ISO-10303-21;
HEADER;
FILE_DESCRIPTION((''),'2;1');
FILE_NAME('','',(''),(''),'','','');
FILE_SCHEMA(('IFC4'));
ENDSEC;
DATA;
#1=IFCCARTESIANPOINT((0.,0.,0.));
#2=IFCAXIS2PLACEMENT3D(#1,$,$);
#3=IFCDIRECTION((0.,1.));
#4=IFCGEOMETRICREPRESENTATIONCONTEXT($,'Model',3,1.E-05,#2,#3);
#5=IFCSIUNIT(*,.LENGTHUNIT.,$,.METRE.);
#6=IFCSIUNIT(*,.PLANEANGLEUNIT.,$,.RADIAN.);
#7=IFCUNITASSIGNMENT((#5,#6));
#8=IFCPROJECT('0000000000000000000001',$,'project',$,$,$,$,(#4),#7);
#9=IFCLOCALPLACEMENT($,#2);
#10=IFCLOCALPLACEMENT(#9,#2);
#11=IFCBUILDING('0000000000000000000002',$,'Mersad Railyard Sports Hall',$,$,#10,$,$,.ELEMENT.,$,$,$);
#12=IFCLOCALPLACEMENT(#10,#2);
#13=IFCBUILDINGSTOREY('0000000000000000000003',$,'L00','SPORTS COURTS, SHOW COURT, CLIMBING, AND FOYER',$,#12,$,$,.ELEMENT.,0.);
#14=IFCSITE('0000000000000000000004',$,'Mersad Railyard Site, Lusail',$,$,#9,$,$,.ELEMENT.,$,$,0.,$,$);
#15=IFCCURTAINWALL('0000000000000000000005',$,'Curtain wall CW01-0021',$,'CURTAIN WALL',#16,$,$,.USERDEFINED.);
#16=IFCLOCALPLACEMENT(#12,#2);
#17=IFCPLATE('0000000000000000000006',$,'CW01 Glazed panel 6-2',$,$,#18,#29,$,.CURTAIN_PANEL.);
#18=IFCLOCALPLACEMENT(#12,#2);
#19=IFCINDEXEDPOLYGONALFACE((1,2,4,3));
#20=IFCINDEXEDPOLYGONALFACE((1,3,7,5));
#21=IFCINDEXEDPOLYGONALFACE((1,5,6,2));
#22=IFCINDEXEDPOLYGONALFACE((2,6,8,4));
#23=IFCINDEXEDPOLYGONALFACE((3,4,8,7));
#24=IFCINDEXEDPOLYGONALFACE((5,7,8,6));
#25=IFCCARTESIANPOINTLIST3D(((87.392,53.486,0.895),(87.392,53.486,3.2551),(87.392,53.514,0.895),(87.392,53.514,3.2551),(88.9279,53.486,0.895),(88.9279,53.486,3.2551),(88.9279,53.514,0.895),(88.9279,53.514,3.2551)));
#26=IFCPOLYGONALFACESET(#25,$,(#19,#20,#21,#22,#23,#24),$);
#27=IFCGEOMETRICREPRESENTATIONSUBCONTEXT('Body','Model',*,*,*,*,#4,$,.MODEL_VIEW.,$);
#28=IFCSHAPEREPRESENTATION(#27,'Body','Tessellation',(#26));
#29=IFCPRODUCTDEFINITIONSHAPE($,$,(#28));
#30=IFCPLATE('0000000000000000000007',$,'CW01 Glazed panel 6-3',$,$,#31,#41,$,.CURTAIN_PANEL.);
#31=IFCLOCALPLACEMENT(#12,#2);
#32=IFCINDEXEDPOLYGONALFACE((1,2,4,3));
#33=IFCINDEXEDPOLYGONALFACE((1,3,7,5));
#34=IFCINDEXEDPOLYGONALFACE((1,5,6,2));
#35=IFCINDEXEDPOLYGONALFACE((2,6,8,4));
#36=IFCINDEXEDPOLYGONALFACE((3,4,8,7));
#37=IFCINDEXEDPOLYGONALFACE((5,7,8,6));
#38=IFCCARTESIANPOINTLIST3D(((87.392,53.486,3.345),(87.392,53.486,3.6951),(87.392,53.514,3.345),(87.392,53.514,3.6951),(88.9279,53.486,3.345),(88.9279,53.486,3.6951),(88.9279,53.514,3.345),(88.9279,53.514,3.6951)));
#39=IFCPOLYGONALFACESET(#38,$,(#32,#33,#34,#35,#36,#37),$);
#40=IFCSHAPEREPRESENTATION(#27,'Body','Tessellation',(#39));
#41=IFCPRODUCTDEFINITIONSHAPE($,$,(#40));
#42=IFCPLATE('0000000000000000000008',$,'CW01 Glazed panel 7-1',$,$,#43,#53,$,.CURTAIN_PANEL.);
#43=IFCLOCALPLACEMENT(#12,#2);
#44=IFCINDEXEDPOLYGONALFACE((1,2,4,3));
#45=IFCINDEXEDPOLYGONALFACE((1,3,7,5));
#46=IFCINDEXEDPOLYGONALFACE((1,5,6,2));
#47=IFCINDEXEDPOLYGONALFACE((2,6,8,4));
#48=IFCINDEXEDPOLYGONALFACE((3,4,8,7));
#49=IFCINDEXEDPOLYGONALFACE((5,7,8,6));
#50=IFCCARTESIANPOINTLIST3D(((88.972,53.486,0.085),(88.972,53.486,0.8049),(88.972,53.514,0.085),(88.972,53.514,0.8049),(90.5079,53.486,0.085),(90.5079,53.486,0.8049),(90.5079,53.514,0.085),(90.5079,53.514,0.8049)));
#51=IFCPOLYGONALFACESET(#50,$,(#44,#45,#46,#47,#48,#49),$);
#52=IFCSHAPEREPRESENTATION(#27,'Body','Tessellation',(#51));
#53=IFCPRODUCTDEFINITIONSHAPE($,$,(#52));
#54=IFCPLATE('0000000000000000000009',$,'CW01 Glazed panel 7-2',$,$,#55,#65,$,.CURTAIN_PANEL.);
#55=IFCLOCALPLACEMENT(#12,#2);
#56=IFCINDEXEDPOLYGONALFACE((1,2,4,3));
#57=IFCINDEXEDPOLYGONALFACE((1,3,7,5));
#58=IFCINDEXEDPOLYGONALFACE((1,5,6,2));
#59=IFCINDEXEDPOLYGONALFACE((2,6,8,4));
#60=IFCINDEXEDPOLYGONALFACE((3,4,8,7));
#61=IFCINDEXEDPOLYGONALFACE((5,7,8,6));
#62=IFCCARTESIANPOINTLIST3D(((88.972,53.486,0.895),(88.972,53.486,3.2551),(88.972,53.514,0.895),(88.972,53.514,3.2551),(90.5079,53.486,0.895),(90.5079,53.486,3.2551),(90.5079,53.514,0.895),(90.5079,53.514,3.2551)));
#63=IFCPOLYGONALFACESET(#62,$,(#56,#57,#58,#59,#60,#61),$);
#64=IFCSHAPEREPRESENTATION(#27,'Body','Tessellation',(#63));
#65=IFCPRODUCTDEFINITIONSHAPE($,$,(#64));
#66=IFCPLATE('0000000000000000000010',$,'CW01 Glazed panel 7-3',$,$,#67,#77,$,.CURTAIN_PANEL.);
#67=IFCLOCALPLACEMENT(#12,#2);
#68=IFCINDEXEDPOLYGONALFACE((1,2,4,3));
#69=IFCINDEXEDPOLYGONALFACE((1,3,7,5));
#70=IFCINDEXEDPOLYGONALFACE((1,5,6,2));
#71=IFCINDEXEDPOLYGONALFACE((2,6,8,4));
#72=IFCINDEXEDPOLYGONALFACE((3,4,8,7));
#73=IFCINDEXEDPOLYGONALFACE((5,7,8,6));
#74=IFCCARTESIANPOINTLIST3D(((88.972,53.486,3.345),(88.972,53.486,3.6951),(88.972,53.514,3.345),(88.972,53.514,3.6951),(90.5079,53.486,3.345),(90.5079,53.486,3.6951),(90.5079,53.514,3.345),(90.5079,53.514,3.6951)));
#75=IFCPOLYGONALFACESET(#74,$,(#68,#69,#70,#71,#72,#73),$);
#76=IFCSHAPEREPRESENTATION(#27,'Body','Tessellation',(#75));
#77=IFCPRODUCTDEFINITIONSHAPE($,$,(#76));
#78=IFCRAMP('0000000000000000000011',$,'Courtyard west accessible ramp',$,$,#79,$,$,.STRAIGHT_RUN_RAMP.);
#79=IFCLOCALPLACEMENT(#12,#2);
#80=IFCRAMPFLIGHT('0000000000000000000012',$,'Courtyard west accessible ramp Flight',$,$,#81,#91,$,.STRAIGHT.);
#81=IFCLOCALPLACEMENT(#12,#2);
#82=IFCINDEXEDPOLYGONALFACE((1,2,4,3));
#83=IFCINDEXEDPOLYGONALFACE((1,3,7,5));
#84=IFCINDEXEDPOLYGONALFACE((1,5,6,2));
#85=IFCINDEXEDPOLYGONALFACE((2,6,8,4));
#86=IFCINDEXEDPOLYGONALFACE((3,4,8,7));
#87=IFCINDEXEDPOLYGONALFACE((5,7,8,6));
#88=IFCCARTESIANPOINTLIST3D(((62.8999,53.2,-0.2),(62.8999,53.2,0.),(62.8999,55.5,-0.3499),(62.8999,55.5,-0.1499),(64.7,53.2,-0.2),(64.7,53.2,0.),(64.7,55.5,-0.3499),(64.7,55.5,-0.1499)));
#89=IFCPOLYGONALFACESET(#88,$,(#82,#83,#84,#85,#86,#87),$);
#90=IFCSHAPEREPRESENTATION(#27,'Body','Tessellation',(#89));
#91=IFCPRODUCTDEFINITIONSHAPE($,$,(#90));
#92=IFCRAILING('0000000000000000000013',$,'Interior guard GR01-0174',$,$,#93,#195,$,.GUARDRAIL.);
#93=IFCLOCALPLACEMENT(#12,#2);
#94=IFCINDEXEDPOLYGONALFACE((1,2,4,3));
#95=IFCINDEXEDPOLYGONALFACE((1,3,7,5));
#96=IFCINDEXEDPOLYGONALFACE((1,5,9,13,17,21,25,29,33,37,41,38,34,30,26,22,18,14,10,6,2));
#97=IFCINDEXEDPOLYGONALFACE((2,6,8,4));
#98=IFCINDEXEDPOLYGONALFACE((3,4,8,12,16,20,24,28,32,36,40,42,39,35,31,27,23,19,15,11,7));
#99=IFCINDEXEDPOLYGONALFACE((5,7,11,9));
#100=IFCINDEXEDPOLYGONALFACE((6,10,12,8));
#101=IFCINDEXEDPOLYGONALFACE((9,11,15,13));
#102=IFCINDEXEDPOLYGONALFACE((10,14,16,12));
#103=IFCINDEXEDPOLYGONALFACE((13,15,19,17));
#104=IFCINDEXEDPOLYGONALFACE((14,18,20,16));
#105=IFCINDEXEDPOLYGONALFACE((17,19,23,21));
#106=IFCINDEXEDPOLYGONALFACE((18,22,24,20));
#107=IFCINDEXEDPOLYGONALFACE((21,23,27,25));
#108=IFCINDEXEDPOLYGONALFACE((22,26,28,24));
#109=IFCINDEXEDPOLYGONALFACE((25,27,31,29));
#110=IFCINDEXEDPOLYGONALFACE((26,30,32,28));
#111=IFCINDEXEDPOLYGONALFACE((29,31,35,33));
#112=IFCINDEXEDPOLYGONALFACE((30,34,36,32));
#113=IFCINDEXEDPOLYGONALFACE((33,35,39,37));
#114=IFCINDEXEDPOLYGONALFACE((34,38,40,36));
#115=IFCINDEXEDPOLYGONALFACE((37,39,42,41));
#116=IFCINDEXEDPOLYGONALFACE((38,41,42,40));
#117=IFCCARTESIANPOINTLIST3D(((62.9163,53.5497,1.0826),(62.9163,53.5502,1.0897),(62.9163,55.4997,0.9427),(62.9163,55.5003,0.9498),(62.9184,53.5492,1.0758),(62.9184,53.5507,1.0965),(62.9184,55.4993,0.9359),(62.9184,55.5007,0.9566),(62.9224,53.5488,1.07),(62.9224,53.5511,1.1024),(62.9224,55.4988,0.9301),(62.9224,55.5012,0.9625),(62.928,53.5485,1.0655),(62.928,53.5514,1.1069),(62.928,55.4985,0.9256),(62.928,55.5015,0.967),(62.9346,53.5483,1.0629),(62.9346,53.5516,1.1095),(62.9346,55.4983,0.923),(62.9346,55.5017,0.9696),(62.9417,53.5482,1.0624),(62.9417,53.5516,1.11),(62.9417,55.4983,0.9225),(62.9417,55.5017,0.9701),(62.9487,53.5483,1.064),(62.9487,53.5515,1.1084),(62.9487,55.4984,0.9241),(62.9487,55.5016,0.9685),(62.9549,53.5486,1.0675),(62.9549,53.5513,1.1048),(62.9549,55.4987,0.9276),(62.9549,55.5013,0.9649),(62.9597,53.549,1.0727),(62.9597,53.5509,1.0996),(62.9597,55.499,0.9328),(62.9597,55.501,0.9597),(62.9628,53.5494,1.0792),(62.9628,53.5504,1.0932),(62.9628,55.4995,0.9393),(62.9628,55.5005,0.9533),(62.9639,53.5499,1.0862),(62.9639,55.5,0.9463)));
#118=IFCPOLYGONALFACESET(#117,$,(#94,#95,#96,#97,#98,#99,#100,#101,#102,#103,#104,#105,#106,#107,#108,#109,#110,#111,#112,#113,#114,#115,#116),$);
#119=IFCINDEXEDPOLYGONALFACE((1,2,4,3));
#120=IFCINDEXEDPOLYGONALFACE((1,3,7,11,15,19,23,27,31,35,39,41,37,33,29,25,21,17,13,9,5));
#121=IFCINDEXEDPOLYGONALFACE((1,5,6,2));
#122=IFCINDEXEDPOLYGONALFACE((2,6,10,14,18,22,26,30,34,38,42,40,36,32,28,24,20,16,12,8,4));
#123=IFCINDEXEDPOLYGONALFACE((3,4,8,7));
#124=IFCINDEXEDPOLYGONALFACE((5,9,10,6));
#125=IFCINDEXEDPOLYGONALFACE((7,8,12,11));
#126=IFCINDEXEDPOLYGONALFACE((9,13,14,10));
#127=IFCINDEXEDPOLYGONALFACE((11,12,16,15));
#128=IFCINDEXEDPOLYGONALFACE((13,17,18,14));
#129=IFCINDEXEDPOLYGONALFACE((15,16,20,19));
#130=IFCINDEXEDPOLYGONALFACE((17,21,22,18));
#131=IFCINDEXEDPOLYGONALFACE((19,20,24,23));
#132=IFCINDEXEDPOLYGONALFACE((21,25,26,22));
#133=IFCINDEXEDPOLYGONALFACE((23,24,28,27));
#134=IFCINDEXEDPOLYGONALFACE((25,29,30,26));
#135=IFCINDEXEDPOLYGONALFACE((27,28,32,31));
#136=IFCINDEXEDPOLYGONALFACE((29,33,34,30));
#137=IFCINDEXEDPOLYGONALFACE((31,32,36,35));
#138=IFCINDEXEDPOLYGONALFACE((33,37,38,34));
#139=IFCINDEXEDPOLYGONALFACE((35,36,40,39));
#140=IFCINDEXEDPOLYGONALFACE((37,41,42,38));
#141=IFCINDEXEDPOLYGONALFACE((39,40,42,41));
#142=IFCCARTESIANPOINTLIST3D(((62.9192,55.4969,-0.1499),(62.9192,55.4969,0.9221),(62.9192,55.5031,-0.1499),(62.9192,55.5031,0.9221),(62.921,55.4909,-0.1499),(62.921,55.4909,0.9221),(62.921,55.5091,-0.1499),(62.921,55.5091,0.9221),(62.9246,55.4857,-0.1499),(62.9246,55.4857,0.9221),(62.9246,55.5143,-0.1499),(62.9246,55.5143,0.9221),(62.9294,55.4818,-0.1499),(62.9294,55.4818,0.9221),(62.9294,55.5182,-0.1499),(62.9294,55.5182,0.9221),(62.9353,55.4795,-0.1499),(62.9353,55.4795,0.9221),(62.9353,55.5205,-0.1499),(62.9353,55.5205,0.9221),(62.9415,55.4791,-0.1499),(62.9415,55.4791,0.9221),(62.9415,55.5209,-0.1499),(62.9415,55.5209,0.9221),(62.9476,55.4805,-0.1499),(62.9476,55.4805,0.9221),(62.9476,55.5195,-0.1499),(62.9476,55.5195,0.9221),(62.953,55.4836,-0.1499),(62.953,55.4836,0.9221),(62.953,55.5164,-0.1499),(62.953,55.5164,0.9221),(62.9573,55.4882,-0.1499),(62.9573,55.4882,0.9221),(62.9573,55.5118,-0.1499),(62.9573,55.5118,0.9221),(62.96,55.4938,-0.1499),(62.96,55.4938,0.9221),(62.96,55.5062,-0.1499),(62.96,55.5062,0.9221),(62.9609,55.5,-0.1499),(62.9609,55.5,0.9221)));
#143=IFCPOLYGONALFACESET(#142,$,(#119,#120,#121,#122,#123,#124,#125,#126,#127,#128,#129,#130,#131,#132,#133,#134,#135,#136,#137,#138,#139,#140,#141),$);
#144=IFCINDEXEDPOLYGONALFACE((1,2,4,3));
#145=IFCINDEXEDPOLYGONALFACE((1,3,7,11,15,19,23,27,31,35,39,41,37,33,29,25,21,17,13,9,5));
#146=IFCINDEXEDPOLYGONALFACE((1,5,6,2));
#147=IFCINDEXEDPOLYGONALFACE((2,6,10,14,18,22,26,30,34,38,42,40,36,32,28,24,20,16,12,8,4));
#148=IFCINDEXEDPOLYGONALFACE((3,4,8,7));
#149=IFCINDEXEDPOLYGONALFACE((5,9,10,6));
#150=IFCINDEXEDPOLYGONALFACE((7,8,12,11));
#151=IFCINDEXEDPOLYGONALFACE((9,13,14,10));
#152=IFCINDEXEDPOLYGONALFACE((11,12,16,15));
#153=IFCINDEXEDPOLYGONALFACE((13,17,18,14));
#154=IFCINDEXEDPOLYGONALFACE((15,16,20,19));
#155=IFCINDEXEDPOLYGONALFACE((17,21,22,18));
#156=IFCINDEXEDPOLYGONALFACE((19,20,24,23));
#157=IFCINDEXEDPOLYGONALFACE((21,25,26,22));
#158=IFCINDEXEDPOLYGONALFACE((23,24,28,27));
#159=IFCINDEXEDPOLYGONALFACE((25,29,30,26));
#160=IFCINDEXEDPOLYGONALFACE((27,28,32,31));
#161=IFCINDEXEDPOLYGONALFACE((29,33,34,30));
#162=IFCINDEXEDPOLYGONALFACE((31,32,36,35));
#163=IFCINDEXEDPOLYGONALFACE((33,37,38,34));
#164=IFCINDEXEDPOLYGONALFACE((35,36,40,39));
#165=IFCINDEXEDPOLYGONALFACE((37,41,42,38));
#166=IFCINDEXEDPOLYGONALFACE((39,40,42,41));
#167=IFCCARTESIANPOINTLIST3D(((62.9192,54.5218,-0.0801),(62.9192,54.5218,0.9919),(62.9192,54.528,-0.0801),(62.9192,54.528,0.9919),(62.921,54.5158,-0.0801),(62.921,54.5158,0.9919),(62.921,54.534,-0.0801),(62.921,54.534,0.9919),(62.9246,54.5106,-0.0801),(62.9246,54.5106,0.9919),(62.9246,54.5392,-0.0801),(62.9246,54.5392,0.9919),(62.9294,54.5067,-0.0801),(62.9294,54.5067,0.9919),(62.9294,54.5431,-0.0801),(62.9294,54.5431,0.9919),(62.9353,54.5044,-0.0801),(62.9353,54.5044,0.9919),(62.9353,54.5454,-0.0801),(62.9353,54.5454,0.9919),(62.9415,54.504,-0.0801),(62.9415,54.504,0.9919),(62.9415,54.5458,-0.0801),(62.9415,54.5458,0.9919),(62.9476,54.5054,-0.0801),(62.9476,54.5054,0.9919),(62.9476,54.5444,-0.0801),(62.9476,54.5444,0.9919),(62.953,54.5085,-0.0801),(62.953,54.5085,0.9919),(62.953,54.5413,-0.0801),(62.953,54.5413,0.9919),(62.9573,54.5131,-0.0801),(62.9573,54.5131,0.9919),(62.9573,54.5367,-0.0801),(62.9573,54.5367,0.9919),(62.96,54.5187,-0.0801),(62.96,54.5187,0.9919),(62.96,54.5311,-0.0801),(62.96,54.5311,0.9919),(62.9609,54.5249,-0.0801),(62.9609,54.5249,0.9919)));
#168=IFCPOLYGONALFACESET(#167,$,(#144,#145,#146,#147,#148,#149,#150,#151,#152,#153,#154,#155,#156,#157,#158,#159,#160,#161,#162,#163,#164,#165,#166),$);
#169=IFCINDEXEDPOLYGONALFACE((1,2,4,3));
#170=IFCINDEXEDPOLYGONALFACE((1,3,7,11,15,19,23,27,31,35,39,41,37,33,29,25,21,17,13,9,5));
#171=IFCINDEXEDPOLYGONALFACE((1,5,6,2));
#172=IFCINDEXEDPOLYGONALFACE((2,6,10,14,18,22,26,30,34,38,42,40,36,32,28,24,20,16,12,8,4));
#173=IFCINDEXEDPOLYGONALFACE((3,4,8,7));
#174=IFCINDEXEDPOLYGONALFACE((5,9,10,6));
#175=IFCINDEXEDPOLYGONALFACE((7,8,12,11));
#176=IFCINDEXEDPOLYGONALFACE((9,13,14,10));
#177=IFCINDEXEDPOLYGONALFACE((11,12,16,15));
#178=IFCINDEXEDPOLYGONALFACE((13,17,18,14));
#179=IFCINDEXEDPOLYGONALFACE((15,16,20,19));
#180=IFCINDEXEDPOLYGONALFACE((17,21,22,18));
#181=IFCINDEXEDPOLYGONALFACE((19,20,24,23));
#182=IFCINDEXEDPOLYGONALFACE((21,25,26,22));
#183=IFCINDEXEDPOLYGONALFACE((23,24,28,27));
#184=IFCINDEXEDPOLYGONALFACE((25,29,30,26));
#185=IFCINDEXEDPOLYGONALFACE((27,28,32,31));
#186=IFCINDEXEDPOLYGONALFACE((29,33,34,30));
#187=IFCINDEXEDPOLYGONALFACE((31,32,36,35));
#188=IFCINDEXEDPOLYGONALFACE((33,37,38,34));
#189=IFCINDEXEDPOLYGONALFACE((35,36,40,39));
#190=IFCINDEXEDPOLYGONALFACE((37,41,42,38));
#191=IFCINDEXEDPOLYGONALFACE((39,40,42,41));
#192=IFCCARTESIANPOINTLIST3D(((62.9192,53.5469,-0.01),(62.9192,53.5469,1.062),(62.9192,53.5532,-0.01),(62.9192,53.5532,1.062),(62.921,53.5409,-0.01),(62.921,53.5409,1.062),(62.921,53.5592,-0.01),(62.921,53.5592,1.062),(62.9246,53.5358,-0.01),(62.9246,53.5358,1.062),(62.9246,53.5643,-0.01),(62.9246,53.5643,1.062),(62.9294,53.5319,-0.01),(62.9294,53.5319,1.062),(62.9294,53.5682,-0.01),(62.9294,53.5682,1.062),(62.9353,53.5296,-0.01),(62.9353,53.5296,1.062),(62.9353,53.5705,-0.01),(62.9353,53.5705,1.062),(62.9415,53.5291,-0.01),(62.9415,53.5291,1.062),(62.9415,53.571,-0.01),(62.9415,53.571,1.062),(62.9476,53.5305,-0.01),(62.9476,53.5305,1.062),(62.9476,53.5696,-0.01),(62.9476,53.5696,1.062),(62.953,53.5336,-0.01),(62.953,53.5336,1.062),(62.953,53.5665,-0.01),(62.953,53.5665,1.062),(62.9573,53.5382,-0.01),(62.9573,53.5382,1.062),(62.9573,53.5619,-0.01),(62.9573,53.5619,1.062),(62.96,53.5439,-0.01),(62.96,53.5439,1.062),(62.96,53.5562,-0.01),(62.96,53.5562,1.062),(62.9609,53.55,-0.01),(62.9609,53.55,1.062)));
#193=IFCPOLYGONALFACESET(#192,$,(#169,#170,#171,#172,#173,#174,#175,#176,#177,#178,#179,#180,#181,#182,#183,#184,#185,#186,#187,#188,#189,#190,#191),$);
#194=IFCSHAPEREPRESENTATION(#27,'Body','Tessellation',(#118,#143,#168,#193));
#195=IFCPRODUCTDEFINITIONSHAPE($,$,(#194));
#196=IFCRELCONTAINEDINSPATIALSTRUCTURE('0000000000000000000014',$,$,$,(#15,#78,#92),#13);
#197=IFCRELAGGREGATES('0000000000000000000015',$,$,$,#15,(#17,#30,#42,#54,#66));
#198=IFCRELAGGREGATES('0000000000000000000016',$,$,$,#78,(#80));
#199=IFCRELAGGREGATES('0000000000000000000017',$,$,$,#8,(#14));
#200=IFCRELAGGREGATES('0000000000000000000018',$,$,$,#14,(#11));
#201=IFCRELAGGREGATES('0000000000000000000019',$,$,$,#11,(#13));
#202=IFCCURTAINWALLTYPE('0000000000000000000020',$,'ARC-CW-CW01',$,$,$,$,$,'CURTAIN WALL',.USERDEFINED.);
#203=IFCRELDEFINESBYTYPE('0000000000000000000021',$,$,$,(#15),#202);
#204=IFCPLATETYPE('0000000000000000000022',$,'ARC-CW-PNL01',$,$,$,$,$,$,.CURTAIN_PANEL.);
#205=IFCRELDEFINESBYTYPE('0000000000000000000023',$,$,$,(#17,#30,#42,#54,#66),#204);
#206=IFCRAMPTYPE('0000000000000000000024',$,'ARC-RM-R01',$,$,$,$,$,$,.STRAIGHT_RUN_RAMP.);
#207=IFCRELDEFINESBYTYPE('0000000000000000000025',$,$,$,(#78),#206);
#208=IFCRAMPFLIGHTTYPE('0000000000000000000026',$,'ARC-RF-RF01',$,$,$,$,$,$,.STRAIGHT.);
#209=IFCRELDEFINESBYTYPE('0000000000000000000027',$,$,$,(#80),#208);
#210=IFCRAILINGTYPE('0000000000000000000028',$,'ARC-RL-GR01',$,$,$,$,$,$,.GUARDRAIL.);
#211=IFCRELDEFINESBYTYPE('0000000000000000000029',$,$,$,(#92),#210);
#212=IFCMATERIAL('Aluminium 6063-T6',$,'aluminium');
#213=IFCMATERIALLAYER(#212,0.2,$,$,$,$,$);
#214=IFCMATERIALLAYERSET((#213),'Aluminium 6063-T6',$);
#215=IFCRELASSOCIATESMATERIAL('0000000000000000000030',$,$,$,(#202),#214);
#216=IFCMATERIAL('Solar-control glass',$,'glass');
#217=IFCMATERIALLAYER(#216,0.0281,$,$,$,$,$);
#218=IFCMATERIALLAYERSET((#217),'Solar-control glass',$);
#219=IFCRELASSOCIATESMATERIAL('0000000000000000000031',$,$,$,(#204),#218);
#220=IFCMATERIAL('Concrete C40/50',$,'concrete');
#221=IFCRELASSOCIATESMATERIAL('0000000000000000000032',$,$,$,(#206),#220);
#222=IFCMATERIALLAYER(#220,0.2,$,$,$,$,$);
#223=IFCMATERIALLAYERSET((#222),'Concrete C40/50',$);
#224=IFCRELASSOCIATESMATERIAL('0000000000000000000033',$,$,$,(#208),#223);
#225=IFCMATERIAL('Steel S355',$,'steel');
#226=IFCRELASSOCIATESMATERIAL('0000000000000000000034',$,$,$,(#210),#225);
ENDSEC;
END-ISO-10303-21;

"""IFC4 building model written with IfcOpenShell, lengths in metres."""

from ifc_helpers import new_model, si_unit, direction, frame, origin, origin_2d, place, context, subcontext, project, spatial, polyline, rectangle, circle, outline, extrude, material, layer, layer_set, type_object, element, aggregate, save


model = new_model("IFC4")

# Units and contexts
model_context = context("Model", 3, precision=1e-05, world=origin(), true_north=direction((0.0, 1.0)))
body_context = subcontext(model_context, "Body", "Model", "MODEL_VIEW")
ifc_project = project(units=[si_unit("LENGTHUNIT", "METRE"), si_unit("PLANEANGLEUNIT", "RADIAN")], contexts=[model_context])

# Site, building, storey
site_placement = place(None, origin())
site = spatial("IfcSite", under=ifc_project, at=site_placement, Name="Mersad Railyard Site, Lusail", CompositionType="ELEMENT", RefElevation=0.0)
building_placement = place(site_placement, origin())
building = spatial("IfcBuilding", under=site, at=building_placement, Name="Mersad Railyard Sports Hall", CompositionType="ELEMENT")
storey_placement = place(building_placement, origin())
storey = spatial("IfcBuildingStorey", under=building, at=storey_placement, Name="L00", Description="SPORTS COURTS, SHOW COURT, CLIMBING, AND FOYER", CompositionType="ELEMENT", Elevation=0.0)

# Curtain wall, plates
ifc_material_1 = material(Name="Aluminium 6063-T6", Category="aluminium")
ifc_layer_1 = layer(ifc_material_1, 0.2)
ifc_layer_set_1 = layer_set([ifc_layer_1], Name="Aluminium 6063-T6")
curtain_wall_type = type_object("IfcCurtainWallType", Name="ARC-CW-CW01", ElementType="CURTAIN WALL", PredefinedType="USERDEFINED", material=ifc_layer_set_1)
curtain_wall_placement = place(storey_placement, origin())
curtain_wall = element("IfcCurtainWall", 1, at=curtain_wall_placement, inside=storey, type_object=curtain_wall_type, Name="Curtain wall CW01-0021", ObjectType="CURTAIN WALL", PredefinedType="USERDEFINED")
ifc_material_2 = material(Name="Solar-control glass", Category="glass")
ifc_layer_2 = layer(ifc_material_2, 0.0281)
ifc_layer_set_2 = layer_set([ifc_layer_2], Name="Solar-control glass")
plate_type = type_object("IfcPlateType", Name="ARC-CW-PNL01", PredefinedType="CURTAIN_PANEL", material=ifc_layer_set_2)
plate_1_placement = place(storey_placement, frame((88.1599, 53.5, 0.895), z_axis=(0.0, 0.0, 1.0), x_axis=(1.0, 0.0, 0.0)))
plate_1 = element("IfcPlate", 2, at=plate_1_placement, type_object=plate_type, Name="CW01 Glazed panel 6-2", PredefinedType="CURTAIN_PANEL", context=body_context, shape_type="SweptSolid", body=[
    extrude(rectangle(XDim=1.5359, YDim=0.0281, at=origin_2d()), origin(), (0.0, 0.0, 1.0), 2.3601),
])
plate_2_placement = place(storey_placement, frame((88.1599, 53.5, 3.345), z_axis=(0.0, 0.0, 1.0), x_axis=(1.0, 0.0, 0.0)))
plate_2 = element("IfcPlate", 3, at=plate_2_placement, type_object=plate_type, Name="CW01 Glazed panel 6-3", PredefinedType="CURTAIN_PANEL", context=body_context, shape_type="SweptSolid", body=[
    extrude(rectangle(XDim=1.5359, YDim=0.0281, at=origin_2d()), origin(), (0.0, 0.0, 1.0), 0.3501),
])
plate_3_placement = place(storey_placement, frame((89.74, 53.5, 0.085), z_axis=(0.0, 0.0, 1.0), x_axis=(1.0, 0.0, 0.0)))
plate_3 = element("IfcPlate", 4, at=plate_3_placement, type_object=plate_type, Name="CW01 Glazed panel 7-1", PredefinedType="CURTAIN_PANEL", context=body_context, shape_type="SweptSolid", body=[
    extrude(rectangle(XDim=1.5359, YDim=0.0281, at=origin_2d()), origin(), (0.0, 0.0, 1.0), 0.72),
])
plate_4_placement = place(storey_placement, frame((89.74, 53.5, 0.895), z_axis=(0.0, 0.0, 1.0), x_axis=(1.0, 0.0, 0.0)))
plate_4 = element("IfcPlate", 5, at=plate_4_placement, type_object=plate_type, Name="CW01 Glazed panel 7-2", PredefinedType="CURTAIN_PANEL", context=body_context, shape_type="SweptSolid", body=[
    extrude(rectangle(XDim=1.5359, YDim=0.0281, at=origin_2d()), origin(), (0.0, 0.0, 1.0), 2.3601),
])
plate_5_placement = place(storey_placement, frame((89.74, 53.5, 3.345), z_axis=(0.0, 0.0, 1.0), x_axis=(1.0, 0.0, 0.0)))
plate_5 = element("IfcPlate", 6, at=plate_5_placement, type_object=plate_type, Name="CW01 Glazed panel 7-3", PredefinedType="CURTAIN_PANEL", context=body_context, shape_type="SweptSolid", body=[
    extrude(rectangle(XDim=1.5359, YDim=0.0281, at=origin_2d()), origin(), (0.0, 0.0, 1.0), 0.3501),
])
aggregate(curtain_wall, [plate_1, plate_2, plate_3, plate_4, plate_5])

# Ramp, ramp flight
ifc_material_3 = material(Name="Concrete C40/50", Category="concrete")
ramp_type = type_object("IfcRampType", Name="ARC-RM-R01", PredefinedType="STRAIGHT_RUN_RAMP", material=ifc_material_3)
ramp_placement = place(storey_placement, origin())
ramp = element("IfcRamp", 7, at=ramp_placement, inside=storey, type_object=ramp_type, Name="Courtyard west accessible ramp", PredefinedType="STRAIGHT_RUN_RAMP")
ifc_layer_3 = layer(ifc_material_3, 0.2)
ifc_layer_set_3 = layer_set([ifc_layer_3], Name="Concrete C40/50")
ramp_flight_type = type_object("IfcRampFlightType", Name="ARC-RF-RF01", PredefinedType="STRAIGHT", material=ifc_layer_set_3)
ramp_flight_placement = place(storey_placement, frame((63.8, 55.5, -0.1499), z_axis=(0.0, 0.0, 1.0), x_axis=(0.0, -1.0, 0.0)))
ramp_flight = element("IfcRampFlight", 8, at=ramp_flight_placement, type_object=ramp_flight_type, Name="Courtyard west accessible ramp Flight", PredefinedType="STRAIGHT", context=body_context, shape_type="SweptSolid", body=[
    extrude(outline(polyline([(0.0, -0.2), (0.0, 0.0), (2.3, 0.1499), (2.3, -0.05), (0.0, -0.2)])), frame((0.0, 0.8999, 0.0), z_axis=(0.0, -1.0, 0.0), x_axis=(1.0, 0.0, 0.0)), (0.0, 0.0, 1.0), 1.8),
])
aggregate(ramp, [ramp_flight])

# Railing
ifc_material_4 = material(Name="Steel S355", Category="steel")
railing_type = type_object("IfcRailingType", Name="ARC-RL-GR01", PredefinedType="GUARDRAIL", material=ifc_material_4)
for number, where, name in (
    (9, (62.9399, 55.5, -0.1499), "Interior guard GR01-0174"),
):
    element("IfcRailing", number, at=place(storey_placement, frame(where)), inside=storey, type_object=railing_type, Name=name, PredefinedType="GUARDRAIL", context=body_context, shape_type="SweptSolid", body=[
        extrude(circle(Radius=0.0239, at=origin_2d()), frame((0.0, 0.0, 1.0962), z_axis=(0.0, -0.997436, 0.071558), x_axis=(1.0, 0.0, 0.0)), (0.0, 0.0, 1.0), 1.9551),
        extrude(circle(Radius=0.021, at=origin_2d()), origin(), (0.0, 0.0, 1.0), 1.072),
        extrude(circle(Radius=0.021, at=origin_2d()), frame((0.0, -0.9751, 0.0698)), (0.0, 0.0, 1.0), 1.072),
        extrude(circle(Radius=0.021, at=origin_2d()), frame((0.0, -1.95, 0.1399)), (0.0, 0.0, 1.0), 1.072),
    ])

save(model, "model.ifc")
